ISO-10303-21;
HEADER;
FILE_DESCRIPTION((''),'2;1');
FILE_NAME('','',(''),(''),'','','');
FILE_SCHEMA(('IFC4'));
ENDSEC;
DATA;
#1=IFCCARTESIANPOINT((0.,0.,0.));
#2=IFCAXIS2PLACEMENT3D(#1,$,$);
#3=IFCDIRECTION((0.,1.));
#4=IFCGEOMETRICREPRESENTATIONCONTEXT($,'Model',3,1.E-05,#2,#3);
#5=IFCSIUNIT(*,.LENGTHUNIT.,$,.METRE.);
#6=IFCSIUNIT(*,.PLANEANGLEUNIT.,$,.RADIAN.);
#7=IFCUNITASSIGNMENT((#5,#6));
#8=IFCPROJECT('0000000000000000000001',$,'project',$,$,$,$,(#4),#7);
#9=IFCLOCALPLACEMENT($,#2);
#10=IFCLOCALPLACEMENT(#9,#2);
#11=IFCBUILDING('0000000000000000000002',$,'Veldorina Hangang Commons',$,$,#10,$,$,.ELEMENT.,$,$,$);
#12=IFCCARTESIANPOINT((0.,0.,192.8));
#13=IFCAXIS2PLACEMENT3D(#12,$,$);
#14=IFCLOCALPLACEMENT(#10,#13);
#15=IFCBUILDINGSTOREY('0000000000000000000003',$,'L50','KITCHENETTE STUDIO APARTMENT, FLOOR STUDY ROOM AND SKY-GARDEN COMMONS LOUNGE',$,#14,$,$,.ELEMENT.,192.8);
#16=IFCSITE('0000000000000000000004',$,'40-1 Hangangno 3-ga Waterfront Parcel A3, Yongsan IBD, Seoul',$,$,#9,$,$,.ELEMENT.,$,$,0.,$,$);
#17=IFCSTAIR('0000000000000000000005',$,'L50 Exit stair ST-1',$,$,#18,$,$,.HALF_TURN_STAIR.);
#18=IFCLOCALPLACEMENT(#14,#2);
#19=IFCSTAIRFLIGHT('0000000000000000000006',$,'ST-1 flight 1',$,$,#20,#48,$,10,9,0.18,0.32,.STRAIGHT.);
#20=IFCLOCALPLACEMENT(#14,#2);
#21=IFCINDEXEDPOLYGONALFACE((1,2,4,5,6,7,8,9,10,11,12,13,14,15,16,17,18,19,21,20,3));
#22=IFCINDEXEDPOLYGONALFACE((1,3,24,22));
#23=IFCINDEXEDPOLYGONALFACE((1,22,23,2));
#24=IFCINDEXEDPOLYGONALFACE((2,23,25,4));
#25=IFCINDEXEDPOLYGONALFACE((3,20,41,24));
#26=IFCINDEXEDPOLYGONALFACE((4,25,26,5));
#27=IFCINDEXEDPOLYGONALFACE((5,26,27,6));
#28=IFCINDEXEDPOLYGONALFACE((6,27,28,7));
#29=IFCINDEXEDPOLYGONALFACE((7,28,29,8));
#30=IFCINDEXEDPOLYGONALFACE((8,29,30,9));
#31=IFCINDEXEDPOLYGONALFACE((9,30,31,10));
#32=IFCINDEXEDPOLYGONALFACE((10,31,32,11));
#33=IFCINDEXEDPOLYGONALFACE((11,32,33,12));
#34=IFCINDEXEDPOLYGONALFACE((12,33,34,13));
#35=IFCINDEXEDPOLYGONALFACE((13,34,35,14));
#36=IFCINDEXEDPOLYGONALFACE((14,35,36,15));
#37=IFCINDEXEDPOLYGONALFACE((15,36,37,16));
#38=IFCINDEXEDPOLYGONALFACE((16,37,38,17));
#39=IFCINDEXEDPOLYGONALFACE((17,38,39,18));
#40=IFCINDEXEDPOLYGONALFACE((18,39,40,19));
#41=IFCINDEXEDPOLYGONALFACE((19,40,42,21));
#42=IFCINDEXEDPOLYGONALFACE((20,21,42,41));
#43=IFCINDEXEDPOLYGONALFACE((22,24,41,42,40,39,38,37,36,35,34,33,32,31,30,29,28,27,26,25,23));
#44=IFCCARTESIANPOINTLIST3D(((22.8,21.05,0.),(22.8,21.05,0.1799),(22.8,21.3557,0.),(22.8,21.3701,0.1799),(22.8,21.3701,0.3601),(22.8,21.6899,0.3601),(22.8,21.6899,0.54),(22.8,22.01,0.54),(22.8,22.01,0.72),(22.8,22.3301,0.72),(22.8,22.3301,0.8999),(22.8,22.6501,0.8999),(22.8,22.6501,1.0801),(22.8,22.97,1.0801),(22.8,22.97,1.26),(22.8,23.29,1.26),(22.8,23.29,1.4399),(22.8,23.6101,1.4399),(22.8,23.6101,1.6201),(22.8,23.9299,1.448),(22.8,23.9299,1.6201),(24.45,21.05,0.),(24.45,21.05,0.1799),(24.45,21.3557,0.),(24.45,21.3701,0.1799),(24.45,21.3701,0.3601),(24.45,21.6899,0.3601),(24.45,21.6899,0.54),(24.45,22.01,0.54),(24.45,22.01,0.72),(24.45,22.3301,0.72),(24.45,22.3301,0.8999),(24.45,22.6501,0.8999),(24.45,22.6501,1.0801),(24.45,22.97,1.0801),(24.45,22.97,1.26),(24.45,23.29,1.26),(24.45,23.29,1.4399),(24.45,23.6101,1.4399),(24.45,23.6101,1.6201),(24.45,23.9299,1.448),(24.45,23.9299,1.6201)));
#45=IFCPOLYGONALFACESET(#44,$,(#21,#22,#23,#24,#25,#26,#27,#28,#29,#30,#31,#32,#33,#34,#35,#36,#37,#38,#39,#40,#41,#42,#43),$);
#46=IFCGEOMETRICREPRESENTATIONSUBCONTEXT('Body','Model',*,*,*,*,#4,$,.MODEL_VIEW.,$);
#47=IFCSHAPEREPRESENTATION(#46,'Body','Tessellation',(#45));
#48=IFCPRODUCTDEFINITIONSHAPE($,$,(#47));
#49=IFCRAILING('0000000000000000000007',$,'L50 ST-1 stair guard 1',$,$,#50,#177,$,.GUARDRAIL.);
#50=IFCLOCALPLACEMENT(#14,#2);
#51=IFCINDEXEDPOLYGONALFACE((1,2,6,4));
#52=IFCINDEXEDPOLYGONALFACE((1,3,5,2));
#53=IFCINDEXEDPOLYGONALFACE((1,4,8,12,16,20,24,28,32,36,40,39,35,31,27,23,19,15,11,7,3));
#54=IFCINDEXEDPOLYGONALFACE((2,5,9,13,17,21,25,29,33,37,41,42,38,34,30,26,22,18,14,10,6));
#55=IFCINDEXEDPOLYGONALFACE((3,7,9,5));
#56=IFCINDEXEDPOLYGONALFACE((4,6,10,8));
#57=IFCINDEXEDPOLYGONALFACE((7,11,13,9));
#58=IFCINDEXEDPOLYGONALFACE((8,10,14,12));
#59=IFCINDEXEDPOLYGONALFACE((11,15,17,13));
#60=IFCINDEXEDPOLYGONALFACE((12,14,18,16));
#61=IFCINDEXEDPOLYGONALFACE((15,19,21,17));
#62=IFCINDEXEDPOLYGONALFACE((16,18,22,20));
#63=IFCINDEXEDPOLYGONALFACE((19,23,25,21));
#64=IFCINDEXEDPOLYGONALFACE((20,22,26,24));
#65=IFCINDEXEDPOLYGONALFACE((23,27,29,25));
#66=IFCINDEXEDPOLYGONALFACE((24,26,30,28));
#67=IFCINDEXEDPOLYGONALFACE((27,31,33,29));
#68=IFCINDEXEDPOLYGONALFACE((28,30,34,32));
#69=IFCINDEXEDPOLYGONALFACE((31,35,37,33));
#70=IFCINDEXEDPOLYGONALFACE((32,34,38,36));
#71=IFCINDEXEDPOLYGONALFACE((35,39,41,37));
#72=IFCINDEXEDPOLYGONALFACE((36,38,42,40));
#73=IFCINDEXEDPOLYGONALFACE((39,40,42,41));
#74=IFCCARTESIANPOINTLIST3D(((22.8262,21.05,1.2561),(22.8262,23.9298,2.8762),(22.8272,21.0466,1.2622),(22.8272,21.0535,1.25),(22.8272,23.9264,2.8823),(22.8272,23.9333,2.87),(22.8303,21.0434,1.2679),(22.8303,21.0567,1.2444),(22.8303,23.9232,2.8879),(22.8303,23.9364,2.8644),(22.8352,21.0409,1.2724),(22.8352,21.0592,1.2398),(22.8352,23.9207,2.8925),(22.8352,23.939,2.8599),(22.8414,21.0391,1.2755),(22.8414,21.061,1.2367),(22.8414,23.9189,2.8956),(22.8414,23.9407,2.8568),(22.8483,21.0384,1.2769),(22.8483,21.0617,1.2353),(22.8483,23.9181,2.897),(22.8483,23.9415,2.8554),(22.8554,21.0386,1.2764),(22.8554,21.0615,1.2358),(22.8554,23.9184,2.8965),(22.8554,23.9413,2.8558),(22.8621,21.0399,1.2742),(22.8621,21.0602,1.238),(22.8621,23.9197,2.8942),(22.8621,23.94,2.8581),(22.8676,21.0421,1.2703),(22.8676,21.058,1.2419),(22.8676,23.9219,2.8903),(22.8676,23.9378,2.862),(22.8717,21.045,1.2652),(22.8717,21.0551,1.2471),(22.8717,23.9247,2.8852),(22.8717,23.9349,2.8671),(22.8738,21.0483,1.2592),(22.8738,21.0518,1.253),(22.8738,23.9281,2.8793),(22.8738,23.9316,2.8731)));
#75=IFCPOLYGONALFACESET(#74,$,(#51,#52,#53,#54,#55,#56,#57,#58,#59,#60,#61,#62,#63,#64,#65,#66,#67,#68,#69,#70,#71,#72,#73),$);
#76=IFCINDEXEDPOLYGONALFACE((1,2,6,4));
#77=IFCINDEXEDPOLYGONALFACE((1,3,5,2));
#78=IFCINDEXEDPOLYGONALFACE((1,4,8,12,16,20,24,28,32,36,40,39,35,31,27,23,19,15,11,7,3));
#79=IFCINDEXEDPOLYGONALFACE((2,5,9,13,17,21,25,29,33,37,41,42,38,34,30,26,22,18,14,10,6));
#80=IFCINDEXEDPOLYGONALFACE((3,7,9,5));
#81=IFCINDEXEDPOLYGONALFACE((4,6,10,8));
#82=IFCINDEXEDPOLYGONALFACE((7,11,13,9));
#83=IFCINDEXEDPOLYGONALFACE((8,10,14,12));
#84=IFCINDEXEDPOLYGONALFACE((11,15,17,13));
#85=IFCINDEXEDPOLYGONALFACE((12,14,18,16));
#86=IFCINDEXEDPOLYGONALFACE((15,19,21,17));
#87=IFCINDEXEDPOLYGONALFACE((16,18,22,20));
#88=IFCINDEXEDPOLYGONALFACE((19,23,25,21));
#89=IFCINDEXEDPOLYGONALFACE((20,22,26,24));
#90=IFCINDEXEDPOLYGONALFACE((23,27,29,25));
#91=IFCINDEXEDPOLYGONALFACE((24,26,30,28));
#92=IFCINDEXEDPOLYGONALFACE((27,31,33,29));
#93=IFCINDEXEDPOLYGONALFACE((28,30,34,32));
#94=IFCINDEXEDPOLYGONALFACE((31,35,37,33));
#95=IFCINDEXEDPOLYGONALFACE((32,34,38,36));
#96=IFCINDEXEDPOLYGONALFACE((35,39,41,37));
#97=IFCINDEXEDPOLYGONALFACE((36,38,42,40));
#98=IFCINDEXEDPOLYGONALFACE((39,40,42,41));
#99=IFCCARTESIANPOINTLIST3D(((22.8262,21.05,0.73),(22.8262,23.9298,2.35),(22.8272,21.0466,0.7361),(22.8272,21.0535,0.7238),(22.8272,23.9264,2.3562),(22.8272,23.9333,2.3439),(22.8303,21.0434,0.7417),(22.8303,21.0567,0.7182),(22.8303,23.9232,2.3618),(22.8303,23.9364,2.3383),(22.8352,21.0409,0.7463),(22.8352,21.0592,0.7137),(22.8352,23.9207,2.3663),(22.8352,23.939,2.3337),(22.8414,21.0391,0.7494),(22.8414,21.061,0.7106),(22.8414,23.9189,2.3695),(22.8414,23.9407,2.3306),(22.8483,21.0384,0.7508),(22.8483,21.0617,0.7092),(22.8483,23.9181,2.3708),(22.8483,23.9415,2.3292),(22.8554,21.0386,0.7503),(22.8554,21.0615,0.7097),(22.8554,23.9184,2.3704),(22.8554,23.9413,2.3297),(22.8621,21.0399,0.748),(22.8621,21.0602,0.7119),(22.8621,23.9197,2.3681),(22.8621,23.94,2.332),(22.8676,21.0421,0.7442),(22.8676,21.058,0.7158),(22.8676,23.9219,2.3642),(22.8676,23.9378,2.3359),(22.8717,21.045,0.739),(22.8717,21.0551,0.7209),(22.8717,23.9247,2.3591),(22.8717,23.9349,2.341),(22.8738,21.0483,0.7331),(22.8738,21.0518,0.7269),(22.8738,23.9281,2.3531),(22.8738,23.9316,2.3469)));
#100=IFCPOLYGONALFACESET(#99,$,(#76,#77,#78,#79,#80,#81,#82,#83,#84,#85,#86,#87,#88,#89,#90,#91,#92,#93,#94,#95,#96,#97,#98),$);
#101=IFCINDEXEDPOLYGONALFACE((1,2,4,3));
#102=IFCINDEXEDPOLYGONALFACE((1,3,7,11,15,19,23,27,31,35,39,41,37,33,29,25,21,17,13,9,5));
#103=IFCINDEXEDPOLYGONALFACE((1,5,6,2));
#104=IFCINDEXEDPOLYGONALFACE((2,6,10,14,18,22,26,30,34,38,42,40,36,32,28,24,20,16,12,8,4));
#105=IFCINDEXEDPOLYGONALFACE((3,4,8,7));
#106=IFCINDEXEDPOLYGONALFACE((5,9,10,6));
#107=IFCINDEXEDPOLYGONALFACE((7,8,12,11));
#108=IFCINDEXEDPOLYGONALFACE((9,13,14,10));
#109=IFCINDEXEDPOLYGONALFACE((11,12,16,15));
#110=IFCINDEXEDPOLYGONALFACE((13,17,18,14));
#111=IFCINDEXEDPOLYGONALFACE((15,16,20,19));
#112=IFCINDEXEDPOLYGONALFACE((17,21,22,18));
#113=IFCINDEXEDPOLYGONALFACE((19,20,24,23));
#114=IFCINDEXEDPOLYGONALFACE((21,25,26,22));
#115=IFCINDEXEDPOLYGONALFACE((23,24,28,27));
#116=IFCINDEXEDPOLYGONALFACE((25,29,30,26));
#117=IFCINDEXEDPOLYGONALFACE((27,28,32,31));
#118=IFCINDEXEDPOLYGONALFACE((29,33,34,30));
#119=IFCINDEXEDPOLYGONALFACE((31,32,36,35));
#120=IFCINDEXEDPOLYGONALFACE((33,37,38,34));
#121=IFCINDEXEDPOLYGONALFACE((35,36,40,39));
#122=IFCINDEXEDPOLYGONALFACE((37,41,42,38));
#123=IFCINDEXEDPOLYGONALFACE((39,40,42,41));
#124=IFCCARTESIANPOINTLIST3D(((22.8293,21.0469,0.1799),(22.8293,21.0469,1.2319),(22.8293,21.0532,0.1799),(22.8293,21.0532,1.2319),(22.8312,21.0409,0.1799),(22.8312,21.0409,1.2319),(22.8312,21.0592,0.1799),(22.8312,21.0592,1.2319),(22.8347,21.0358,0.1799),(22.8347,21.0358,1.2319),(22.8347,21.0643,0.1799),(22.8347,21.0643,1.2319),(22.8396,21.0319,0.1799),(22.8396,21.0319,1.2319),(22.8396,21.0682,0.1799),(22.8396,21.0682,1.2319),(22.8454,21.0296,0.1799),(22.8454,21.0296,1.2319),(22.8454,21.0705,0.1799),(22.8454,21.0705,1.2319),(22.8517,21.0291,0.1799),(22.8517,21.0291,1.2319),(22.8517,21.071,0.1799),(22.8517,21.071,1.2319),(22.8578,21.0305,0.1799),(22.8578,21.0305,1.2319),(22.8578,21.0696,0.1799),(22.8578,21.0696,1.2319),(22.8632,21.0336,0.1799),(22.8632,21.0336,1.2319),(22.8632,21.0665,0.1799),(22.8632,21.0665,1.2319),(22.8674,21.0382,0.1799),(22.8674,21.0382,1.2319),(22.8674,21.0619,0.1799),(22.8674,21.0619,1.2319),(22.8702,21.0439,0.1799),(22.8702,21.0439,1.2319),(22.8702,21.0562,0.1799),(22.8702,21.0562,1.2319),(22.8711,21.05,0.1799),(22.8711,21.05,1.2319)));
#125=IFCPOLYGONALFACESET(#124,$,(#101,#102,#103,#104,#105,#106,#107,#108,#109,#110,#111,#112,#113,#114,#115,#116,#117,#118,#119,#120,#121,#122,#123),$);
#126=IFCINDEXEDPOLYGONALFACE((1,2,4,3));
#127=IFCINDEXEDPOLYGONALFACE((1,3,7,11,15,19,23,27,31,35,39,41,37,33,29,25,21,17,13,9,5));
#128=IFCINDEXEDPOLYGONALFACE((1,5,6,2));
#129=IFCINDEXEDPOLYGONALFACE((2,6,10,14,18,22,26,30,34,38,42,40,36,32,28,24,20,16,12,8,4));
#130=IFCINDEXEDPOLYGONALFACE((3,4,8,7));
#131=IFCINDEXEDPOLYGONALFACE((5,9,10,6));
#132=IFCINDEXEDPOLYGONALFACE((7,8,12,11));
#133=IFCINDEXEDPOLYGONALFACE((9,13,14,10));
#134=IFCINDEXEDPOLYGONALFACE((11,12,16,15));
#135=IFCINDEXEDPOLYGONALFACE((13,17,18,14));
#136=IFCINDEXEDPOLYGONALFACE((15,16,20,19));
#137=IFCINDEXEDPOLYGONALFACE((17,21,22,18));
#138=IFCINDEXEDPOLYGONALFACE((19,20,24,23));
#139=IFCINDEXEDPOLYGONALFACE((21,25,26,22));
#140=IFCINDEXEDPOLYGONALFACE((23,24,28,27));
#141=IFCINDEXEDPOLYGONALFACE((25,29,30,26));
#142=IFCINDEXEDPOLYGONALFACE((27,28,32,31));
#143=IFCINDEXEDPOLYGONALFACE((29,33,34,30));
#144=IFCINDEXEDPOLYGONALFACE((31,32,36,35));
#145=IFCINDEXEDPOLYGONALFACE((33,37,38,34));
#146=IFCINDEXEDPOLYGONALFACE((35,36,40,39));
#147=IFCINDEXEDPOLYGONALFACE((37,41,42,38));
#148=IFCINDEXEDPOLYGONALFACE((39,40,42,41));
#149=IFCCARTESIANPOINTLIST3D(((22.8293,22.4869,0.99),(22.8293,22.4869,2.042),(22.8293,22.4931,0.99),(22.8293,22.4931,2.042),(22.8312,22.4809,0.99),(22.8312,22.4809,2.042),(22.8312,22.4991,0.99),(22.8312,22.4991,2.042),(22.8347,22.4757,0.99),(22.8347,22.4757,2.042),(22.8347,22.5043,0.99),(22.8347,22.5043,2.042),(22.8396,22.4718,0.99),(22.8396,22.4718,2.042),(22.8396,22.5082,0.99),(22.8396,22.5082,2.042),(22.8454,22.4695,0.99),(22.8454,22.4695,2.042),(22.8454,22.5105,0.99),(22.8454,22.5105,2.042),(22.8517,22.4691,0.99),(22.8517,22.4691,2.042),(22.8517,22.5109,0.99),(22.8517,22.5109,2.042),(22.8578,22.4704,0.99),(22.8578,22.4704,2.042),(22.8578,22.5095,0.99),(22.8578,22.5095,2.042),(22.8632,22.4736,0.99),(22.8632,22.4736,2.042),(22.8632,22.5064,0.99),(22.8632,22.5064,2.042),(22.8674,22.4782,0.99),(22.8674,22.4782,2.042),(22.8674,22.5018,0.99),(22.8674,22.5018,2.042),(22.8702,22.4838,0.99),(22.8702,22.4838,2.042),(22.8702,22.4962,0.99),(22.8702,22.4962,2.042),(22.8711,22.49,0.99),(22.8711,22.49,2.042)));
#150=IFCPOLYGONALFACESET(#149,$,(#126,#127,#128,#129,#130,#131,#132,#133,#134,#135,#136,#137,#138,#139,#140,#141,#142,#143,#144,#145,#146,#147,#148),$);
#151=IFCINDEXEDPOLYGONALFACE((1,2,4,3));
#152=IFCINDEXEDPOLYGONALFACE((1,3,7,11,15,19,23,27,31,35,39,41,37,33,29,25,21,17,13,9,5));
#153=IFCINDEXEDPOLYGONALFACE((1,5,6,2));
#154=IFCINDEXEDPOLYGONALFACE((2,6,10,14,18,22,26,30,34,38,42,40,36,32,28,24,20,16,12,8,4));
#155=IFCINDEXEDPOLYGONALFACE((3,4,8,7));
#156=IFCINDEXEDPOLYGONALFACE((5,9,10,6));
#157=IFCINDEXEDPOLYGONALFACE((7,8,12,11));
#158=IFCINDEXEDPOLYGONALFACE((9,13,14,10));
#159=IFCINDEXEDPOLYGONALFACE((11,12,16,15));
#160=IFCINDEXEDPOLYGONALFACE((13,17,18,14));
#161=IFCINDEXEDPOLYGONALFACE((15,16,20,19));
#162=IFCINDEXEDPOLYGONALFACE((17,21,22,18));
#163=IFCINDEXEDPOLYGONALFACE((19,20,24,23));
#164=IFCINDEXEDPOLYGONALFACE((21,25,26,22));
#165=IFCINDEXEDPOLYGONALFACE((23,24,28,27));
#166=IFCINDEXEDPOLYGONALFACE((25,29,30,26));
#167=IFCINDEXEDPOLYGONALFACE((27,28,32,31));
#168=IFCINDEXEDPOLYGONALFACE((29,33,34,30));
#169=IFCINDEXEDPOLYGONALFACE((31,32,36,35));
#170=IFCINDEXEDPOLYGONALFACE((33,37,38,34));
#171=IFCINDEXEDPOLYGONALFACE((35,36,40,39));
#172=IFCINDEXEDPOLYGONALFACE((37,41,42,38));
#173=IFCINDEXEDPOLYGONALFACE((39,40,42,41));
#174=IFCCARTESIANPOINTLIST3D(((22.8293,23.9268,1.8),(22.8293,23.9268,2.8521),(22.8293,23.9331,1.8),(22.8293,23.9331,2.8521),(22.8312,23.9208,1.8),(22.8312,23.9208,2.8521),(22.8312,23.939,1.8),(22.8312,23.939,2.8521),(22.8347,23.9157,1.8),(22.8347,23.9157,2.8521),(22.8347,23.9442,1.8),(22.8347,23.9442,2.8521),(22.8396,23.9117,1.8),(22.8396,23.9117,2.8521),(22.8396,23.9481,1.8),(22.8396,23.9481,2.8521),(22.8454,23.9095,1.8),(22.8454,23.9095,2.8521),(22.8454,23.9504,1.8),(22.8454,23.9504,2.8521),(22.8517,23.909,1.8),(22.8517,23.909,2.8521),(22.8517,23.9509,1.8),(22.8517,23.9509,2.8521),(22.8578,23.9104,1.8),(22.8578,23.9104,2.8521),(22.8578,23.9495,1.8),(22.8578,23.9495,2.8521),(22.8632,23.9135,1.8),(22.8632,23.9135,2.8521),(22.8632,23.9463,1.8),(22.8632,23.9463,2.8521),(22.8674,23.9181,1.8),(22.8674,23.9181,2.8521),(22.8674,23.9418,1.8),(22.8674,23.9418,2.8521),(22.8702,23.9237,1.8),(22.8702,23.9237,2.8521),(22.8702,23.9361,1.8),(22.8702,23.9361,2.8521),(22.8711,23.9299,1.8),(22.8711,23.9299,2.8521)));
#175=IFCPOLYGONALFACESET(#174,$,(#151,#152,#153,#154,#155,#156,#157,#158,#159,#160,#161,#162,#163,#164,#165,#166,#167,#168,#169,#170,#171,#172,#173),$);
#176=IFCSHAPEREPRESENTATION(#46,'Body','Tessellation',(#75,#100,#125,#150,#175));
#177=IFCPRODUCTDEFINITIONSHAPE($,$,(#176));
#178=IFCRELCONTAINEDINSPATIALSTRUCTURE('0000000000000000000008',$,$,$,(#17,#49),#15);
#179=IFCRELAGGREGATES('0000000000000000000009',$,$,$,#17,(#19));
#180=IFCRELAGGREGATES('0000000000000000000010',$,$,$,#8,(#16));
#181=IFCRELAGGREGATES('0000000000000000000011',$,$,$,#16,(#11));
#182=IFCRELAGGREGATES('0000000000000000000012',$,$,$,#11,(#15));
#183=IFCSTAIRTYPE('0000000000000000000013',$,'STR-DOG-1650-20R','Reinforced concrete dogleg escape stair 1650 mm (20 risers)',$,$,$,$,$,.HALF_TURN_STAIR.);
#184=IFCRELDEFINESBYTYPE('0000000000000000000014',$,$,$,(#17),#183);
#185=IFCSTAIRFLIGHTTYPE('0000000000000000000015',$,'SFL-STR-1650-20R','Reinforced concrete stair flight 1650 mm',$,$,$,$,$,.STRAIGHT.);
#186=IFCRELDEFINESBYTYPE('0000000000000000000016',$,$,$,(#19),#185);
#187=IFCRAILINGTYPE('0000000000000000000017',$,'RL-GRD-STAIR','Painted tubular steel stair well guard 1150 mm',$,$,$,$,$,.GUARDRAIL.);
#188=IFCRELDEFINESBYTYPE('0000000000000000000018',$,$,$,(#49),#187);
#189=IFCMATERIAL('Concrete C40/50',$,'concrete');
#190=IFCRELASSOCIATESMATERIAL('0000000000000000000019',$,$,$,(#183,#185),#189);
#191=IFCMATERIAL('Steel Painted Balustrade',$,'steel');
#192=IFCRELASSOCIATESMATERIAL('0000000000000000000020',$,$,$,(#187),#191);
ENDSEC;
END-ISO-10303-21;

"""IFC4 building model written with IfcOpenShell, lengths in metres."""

from ifc_helpers import new_model, si_unit, direction, frame, origin, origin_2d, place, context, subcontext, project, spatial, polyline, circle, outline, extrude, material, type_object, element, aggregate, save


model = new_model("IFC4")

# Units and contexts
model_context = context("Model", 3, precision=1e-05, world=origin(), true_north=direction((0.0, 1.0)))
body_context = subcontext(model_context, "Body", "Model", "MODEL_VIEW")
ifc_project = project(units=[si_unit("LENGTHUNIT", "METRE"), si_unit("PLANEANGLEUNIT", "RADIAN")], contexts=[model_context])

# Site, building, storey
site_placement = place(None, origin())
site = spatial("IfcSite", under=ifc_project, at=site_placement, Name="40-1 Hangangno 3-ga Waterfront Parcel A3, Yongsan IBD, Seoul", CompositionType="ELEMENT", RefElevation=0.0)
building_placement = place(site_placement, origin())
building = spatial("IfcBuilding", under=site, at=building_placement, Name="Veldorina Hangang Commons", CompositionType="ELEMENT")
storey_placement = place(building_placement, frame((0.0, 0.0, 192.8)))
storey = spatial("IfcBuildingStorey", under=building, at=storey_placement, Name="L50", Description="KITCHENETTE STUDIO APARTMENT, FLOOR STUDY ROOM AND SKY-GARDEN COMMONS LOUNGE", CompositionType="ELEMENT", Elevation=192.8)

# Stair, stair flight
ifc_material_1 = material(Name="Concrete C40/50", Category="concrete")
stair_type = type_object("IfcStairType", Name="STR-DOG-1650-20R", Description="Reinforced concrete dogleg escape stair 1650 mm (20 risers)", PredefinedType="HALF_TURN_STAIR", material=ifc_material_1)
stair_placement = place(storey_placement, origin())
stair = element("IfcStair", 1, at=stair_placement, inside=storey, type_object=stair_type, Name="L50 Exit stair ST-1", PredefinedType="HALF_TURN_STAIR")
stair_flight_type = type_object("IfcStairFlightType", Name="SFL-STR-1650-20R", Description="Reinforced concrete stair flight 1650 mm", PredefinedType="STRAIGHT", material=ifc_material_1)
stair_flight_placement = place(storey_placement, frame((23.625, 21.05, 0.0), z_axis=(0.0, 0.0, 1.0), x_axis=(0.0, 1.0, 0.0)))
stair_flight = element("IfcStairFlight", 2, at=stair_flight_placement, type_object=stair_flight_type, Name="ST-1 flight 1", NumberOfRisers=10, NumberOfTreads=9, PredefinedType="STRAIGHT", RiserHeight=0.18, TreadLength=0.32, context=body_context, shape_type="SweptSolid", body=[
    extrude(outline(polyline([(0.0, 0.0), (0.0, 0.1799), (0.3201, 0.1799), (0.3201, 0.3601), (0.6399, 0.3601), (0.6399, 0.54), (0.96, 0.54), (0.96, 0.72), (1.28, 0.72), (1.28, 0.8999), (1.6001, 0.8999), (1.6001, 1.0801), (1.9199, 1.0801), (1.9199, 1.26), (2.24, 1.26), (2.24, 1.4399), (2.5601, 1.4399), (2.5601, 1.6201), (2.8799, 1.6201), (2.8799, 1.8), (2.8799, 1.448), (0.3057, 0.0), (0.0, 0.0)])), frame((0.0, 0.825, 0.0), z_axis=(0.0, -1.0, 0.0), x_axis=(1.0, 0.0, 0.0)), (0.0, 0.0, 1.0), 1.6499),
])
aggregate(stair, [stair_flight])

# Railing
ifc_material_2 = material(Name="Steel Painted Balustrade", Category="steel")
railing_type_1 = type_object("IfcRailingType", Name="RL-GRD-STAIR", Description="Painted tubular steel stair well guard 1150 mm", PredefinedType="GUARDRAIL", material=ifc_material_2)
railing_1_placement = place(storey_placement, frame((22.8501, 21.05, 0.1799)))
element("IfcRailing", 3, at=railing_1_placement, inside=storey, type_object=railing_type_1, Name="L50 ST-1 stair guard 1", PredefinedType="GUARDRAIL", context=body_context, shape_type="SweptSolid", body=[
    extrude(circle(Radius=0.0239, at=origin_2d()), frame((0.0, 0.0, 1.0762), z_axis=(0.0, 0.871552, 0.490303), x_axis=(-1.0, 0.0, 0.0)), (0.0, 0.0, 1.0), 3.3042),
    extrude(circle(Radius=0.0239, at=origin_2d()), frame((0.0, 0.0, 0.55), z_axis=(0.0, 0.871552, 0.490303), x_axis=(-1.0, 0.0, 0.0)), (0.0, 0.0, 1.0), 3.3042),
    extrude(circle(Radius=0.021, at=origin_2d()), origin(), (0.0, 0.0, 1.0), 1.052),
    extrude(circle(Radius=0.021, at=origin_2d()), frame((0.0, 1.4399, 0.8101)), (0.0, 0.0, 1.0), 1.052),
    extrude(circle(Radius=0.021, at=origin_2d()), frame((0.0, 2.8799, 1.6201)), (0.0, 0.0, 1.0), 1.052),
])

save(model, "model.ifc")
